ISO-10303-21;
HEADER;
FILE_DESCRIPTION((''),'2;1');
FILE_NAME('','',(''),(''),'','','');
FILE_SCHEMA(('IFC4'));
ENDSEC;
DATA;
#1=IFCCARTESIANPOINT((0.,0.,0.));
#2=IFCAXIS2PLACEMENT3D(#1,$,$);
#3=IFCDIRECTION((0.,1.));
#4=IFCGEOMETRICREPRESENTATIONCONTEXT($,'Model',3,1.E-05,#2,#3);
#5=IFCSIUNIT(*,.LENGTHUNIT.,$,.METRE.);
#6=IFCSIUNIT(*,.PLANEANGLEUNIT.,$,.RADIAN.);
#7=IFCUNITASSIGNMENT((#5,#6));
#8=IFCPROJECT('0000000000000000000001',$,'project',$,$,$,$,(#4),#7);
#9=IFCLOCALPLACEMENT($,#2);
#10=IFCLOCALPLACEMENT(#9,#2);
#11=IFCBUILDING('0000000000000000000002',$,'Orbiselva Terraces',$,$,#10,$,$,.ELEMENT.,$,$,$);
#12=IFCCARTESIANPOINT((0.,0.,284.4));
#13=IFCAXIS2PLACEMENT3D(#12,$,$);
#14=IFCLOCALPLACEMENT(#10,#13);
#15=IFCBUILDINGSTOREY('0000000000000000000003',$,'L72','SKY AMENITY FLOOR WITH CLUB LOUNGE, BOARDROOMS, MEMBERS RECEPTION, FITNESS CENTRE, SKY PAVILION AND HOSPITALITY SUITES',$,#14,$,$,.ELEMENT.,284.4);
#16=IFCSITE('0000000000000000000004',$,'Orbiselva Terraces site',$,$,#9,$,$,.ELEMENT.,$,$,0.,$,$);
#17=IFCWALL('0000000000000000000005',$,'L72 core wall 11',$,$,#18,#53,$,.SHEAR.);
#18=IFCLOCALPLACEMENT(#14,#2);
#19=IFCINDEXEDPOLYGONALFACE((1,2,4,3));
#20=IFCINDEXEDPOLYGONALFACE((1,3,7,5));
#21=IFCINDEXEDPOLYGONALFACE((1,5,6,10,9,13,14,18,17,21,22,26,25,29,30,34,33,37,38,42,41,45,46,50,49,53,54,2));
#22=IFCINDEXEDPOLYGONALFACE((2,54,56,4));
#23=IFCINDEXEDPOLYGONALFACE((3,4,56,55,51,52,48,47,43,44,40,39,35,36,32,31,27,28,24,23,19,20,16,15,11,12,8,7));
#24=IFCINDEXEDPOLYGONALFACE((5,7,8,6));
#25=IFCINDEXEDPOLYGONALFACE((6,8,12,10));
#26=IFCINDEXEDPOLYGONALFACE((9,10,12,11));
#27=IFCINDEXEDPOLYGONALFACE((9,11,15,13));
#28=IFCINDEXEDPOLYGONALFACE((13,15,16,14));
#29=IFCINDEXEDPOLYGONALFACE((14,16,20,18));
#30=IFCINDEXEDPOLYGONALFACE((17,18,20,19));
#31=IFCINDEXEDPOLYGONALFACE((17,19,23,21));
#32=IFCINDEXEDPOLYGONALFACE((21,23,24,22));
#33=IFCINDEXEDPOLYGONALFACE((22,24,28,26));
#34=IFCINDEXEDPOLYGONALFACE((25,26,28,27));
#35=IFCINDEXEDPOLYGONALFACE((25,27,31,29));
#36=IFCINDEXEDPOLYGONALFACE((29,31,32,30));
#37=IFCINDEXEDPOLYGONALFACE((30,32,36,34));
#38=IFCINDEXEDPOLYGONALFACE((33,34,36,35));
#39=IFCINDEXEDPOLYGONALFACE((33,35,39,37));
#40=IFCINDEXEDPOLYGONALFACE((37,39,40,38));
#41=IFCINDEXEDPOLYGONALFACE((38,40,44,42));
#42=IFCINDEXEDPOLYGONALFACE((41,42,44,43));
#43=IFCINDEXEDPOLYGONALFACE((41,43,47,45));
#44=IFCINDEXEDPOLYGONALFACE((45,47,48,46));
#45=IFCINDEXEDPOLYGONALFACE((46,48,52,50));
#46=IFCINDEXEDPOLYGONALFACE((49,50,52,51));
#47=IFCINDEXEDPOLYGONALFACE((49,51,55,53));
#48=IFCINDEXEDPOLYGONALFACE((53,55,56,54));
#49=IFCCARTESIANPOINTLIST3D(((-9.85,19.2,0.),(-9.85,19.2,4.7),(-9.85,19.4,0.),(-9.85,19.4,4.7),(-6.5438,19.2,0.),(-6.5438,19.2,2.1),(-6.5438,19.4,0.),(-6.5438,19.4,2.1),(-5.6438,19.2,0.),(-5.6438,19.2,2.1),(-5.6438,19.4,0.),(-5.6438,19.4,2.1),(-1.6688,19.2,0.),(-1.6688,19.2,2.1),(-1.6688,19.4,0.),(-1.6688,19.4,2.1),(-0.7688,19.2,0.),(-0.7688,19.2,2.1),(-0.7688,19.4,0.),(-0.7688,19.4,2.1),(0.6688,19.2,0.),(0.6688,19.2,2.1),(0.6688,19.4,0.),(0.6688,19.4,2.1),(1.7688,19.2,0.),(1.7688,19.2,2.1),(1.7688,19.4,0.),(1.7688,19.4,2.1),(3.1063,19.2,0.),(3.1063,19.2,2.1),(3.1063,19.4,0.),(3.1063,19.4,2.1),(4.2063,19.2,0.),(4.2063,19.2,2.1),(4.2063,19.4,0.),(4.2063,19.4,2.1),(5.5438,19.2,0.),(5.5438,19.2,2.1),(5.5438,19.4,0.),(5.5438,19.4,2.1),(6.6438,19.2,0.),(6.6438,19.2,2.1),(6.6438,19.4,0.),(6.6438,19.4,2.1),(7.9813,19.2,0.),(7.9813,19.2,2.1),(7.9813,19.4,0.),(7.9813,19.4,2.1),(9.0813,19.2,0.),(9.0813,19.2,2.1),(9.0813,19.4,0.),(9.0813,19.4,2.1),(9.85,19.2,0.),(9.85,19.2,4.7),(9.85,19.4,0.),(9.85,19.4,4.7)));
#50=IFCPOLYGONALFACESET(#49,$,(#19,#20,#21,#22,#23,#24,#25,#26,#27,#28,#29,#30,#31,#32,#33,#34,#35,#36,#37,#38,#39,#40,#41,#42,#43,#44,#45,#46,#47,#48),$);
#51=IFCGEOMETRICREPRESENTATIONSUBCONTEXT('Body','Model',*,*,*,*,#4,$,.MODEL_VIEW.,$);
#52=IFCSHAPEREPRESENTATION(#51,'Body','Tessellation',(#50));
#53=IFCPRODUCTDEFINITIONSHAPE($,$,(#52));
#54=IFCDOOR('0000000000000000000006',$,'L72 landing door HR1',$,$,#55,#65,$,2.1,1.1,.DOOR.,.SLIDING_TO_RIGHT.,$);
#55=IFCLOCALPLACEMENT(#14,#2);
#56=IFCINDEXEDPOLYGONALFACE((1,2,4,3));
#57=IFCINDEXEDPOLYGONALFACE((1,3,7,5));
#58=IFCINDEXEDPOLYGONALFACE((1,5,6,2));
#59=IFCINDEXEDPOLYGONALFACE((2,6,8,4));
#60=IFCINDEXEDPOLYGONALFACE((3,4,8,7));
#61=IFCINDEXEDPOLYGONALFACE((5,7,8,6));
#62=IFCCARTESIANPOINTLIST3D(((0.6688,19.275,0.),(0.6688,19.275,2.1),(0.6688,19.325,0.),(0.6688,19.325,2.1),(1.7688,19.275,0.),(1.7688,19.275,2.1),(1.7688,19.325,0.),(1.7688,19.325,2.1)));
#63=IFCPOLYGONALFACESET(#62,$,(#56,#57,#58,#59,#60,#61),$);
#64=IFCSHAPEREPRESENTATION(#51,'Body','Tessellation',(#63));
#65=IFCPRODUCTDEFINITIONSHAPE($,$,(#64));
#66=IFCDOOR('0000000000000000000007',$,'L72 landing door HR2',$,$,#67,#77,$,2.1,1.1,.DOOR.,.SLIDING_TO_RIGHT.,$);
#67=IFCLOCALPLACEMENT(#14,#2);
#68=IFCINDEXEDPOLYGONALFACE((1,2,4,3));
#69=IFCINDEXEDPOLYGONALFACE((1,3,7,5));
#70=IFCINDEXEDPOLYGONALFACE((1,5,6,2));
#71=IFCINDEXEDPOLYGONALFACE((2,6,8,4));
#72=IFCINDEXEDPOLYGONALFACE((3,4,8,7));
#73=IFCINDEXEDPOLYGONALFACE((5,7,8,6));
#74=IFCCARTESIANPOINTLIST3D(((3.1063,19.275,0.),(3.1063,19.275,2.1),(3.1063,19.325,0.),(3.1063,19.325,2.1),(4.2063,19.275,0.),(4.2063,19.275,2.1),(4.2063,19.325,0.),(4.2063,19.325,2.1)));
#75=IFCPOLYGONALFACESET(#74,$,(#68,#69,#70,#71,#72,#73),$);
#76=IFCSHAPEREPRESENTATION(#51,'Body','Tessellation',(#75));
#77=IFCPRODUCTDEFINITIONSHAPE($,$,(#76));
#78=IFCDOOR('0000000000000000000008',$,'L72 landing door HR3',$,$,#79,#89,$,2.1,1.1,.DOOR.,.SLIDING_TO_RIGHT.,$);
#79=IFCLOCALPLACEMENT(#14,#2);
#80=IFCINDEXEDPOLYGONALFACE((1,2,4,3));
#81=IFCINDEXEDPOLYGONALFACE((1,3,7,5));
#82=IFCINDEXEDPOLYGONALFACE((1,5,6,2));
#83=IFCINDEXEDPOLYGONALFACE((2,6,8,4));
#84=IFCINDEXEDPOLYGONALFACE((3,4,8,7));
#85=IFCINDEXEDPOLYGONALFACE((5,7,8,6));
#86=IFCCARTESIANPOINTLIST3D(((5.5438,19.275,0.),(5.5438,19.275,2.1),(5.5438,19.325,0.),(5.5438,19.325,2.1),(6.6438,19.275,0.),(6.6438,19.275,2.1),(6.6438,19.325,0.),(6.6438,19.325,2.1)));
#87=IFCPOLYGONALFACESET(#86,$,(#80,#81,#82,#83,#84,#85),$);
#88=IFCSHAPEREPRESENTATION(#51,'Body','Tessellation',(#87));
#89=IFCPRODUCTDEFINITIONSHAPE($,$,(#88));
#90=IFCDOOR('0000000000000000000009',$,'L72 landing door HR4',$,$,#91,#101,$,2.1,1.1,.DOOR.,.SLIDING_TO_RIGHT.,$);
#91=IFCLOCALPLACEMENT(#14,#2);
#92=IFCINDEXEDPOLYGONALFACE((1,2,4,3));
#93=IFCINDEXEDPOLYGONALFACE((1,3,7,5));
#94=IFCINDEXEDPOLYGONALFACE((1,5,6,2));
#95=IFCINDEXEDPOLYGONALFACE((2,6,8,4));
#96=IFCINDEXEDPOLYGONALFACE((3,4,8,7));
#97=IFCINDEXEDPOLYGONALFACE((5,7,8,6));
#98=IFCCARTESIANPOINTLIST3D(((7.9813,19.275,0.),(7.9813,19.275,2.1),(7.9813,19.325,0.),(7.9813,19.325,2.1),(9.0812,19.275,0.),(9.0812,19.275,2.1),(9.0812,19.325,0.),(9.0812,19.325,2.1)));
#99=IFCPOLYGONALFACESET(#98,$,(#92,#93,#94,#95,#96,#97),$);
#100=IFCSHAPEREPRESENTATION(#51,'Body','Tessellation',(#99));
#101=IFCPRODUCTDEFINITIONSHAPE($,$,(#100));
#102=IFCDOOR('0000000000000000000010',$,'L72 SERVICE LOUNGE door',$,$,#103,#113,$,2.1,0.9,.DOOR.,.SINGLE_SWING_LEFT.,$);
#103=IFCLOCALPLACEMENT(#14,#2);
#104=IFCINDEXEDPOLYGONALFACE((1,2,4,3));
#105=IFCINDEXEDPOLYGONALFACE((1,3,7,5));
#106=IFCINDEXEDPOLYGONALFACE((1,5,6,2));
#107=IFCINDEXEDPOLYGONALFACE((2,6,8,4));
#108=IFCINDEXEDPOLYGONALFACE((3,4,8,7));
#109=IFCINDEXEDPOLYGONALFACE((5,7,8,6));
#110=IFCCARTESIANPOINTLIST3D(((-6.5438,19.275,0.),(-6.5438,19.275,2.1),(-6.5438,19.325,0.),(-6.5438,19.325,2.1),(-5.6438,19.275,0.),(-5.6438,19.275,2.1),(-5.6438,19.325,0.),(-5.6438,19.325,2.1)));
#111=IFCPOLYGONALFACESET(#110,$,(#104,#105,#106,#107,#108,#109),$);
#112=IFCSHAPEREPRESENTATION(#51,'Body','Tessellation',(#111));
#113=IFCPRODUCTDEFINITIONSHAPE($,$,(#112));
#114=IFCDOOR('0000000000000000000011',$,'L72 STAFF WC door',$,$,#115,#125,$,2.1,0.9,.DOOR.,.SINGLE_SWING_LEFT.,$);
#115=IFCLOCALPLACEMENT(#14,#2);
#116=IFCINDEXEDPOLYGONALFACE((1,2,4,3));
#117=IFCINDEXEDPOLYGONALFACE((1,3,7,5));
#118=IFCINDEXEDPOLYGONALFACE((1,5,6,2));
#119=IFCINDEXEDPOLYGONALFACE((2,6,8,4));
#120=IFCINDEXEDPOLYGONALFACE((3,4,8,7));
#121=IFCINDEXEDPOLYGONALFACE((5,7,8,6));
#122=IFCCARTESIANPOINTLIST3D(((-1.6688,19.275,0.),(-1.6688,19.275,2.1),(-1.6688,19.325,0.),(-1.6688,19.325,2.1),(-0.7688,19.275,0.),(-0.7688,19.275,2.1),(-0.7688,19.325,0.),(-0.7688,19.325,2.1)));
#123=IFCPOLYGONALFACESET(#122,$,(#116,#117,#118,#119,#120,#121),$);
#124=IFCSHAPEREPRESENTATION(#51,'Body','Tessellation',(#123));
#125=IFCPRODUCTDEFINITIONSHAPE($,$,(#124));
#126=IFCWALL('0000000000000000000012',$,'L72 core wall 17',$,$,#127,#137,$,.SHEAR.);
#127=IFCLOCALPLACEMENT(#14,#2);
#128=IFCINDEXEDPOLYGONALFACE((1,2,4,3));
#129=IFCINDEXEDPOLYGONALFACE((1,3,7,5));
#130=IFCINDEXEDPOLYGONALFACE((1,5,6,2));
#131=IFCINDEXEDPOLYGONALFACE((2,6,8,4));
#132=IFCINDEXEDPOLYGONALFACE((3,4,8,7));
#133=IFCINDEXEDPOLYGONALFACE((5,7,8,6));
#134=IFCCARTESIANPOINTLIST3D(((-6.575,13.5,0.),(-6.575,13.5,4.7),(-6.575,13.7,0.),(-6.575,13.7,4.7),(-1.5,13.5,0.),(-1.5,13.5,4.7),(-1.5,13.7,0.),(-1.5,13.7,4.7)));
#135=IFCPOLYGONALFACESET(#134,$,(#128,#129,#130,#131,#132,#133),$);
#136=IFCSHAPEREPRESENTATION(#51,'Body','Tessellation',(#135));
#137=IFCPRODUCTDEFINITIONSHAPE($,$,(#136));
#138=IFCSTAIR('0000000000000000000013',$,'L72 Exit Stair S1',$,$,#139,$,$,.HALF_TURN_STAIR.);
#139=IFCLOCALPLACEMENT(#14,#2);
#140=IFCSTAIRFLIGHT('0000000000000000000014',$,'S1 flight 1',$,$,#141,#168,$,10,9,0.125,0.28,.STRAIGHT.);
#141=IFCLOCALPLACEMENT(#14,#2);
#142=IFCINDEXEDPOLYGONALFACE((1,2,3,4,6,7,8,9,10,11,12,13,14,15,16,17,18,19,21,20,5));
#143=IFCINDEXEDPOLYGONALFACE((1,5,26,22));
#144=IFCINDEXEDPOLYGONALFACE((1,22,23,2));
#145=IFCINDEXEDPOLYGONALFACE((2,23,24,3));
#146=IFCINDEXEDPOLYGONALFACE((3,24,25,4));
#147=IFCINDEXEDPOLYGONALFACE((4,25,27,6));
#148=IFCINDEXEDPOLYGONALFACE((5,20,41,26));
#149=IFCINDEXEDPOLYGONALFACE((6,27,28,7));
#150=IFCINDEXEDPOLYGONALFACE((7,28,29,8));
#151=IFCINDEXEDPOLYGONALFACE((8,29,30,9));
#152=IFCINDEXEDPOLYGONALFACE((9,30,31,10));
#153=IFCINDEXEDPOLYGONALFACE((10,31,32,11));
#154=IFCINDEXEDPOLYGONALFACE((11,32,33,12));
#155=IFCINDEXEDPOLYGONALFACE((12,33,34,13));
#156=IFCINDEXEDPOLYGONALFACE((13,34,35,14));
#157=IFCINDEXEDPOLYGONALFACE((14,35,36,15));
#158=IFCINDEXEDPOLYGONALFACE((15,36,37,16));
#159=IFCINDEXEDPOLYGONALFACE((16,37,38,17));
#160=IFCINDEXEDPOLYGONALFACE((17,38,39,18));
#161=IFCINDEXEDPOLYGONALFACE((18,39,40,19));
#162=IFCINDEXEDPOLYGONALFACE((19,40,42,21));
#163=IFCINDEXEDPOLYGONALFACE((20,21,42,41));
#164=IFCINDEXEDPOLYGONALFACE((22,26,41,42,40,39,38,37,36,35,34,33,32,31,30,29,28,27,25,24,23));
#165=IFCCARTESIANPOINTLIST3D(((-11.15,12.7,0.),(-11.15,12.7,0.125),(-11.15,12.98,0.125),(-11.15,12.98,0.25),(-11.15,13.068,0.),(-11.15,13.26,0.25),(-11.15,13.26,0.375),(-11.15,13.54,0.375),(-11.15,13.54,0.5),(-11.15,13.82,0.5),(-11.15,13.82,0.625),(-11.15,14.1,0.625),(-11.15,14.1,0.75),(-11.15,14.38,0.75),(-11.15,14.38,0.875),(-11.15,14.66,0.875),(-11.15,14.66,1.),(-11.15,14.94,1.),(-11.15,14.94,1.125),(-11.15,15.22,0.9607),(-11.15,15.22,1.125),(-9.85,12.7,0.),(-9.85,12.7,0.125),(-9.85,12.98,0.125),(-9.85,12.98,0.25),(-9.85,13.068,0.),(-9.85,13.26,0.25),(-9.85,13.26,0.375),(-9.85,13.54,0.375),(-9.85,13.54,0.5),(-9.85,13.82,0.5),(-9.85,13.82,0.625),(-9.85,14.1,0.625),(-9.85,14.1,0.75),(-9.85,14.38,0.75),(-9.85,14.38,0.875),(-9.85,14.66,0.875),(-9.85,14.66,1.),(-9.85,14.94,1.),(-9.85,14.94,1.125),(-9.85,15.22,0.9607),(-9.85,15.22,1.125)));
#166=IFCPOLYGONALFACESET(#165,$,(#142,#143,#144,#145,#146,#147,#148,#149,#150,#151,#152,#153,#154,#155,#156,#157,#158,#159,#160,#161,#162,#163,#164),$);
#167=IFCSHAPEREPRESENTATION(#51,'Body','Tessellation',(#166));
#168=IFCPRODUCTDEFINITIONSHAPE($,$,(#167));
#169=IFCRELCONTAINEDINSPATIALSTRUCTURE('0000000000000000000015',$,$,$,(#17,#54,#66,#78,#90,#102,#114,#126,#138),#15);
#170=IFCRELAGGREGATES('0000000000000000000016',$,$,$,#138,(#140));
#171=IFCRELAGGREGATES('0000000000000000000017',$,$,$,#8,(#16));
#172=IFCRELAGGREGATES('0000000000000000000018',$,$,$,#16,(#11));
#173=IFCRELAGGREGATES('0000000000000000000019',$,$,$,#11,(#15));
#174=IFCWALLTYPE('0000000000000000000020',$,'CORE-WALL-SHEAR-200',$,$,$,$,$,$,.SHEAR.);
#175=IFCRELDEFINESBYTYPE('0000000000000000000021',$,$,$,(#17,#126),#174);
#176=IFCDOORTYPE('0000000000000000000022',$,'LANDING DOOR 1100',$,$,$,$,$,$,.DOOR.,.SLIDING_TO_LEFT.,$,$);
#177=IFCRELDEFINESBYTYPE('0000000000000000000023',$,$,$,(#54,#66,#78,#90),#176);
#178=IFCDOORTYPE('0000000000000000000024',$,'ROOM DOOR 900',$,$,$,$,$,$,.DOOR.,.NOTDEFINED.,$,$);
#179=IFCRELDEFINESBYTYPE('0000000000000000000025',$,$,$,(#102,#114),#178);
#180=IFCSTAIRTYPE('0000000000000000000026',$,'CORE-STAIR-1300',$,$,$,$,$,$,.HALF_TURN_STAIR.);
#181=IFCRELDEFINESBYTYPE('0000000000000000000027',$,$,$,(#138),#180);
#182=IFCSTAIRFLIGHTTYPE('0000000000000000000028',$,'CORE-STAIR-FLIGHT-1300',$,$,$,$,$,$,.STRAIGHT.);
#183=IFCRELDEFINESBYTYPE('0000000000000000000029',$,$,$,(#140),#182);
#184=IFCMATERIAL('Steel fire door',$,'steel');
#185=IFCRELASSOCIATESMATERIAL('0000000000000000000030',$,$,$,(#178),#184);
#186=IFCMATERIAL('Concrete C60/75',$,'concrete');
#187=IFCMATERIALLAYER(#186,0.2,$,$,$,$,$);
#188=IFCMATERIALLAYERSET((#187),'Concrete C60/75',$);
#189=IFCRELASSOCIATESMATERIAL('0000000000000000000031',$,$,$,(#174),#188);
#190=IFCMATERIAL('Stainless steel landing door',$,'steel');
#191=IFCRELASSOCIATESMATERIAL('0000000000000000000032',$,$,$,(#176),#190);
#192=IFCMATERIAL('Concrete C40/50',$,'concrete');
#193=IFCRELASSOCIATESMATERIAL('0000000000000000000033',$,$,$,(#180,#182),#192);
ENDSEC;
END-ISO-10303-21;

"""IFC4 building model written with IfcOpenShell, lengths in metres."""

from ifc_helpers import new_model, si_unit, direction, frame, frame_2d, origin, place, context, subcontext, project, spatial, polyline, rectangle, outline, extrude, material, layer, layer_set, type_object, element, fill, aggregate, save


model = new_model("IFC4")

# Units and contexts
model_context = context("Model", 3, precision=1e-05, world=origin(), true_north=direction((0.0, 1.0)))
body_context = subcontext(model_context, "Body", "Model", "MODEL_VIEW")
ifc_project = project(units=[si_unit("LENGTHUNIT", "METRE"), si_unit("PLANEANGLEUNIT", "RADIAN")], contexts=[model_context])

# Site, building, storey
site_placement = place(None, origin())
site = spatial("IfcSite", under=ifc_project, at=site_placement, Name="Orbiselva Terraces site", CompositionType="ELEMENT", RefElevation=0.0)
building_placement = place(site_placement, origin())
building = spatial("IfcBuilding", under=site, at=building_placement, Name="Orbiselva Terraces", CompositionType="ELEMENT")
storey_placement = place(building_placement, frame((0.0, 0.0, 284.4)))
storey = spatial("IfcBuildingStorey", under=building, at=storey_placement, Name="L72", Description="SKY AMENITY FLOOR WITH CLUB LOUNGE, BOARDROOMS, MEMBERS RECEPTION, FITNESS CENTRE, SKY PAVILION AND HOSPITALITY SUITES", CompositionType="ELEMENT", Elevation=284.4)

# Shared definitions
ifc_material_1 = material(Name="Steel fire door", Category="steel")
door_type_1 = type_object("IfcDoorType", Name="ROOM DOOR 900", OperationType="NOTDEFINED", PredefinedType="DOOR", material=ifc_material_1)

# Shared definitions
ifc_material_2 = material(Name="Concrete C40/50", Category="concrete")
ifc_material_3 = material(Name="Concrete C60/75", Category="concrete")
ifc_layer_1 = layer(ifc_material_3, 0.2)
ifc_layer_set_1 = layer_set([ifc_layer_1], Name="Concrete C60/75")
wall_type_1 = type_object("IfcWallType", Name="CORE-WALL-SHEAR-200", PredefinedType="SHEAR", material=ifc_layer_set_1)

# Wall, openings, doors
wall_1_placement = place(storey_placement, frame((-9.85, 19.3, 0.0), z_axis=(0.0, 0.0, 1.0), x_axis=(1.0, 0.0, 0.0)))
wall_1 = element("IfcWall", 1, at=wall_1_placement, inside=storey, type_object=wall_type_1, Name="L72 core wall 11", PredefinedType="SHEAR", context=body_context, shape_type="SweptSolid", body=[
    extrude(rectangle(XDim=19.7, YDim=0.2, at=frame_2d((9.85, 0.0))), origin(), (0.0, 0.0, 1.0), 4.7),
])
opening_1_placement = place(wall_1_placement, frame((10.5188, 0.0, 0.0)))
opening_1 = element("IfcOpeningElement", 2, at=opening_1_placement, cuts=wall_1, PredefinedType="OPENING", context=body_context, shape_type="SweptSolid", body=[
    extrude(rectangle(XDim=1.1, YDim=2.1, at=frame_2d((0.55, 1.05))), frame((0.0, 0.11, 0.0), z_axis=(0.0, -1.0, 0.0), x_axis=(1.0, 0.0, 0.0)), (0.0, 0.0, 1.0), 0.22),
])
opening_2_placement = place(wall_1_placement, frame((12.9563, 0.0, 0.0)))
opening_2 = element("IfcOpeningElement", 3, at=opening_2_placement, cuts=wall_1, PredefinedType="OPENING", context=body_context, shape_type="SweptSolid", body=[
    extrude(rectangle(XDim=1.1, YDim=2.1, at=frame_2d((0.55, 1.05))), frame((0.0, 0.11, 0.0), z_axis=(0.0, -1.0, 0.0), x_axis=(1.0, 0.0, 0.0)), (0.0, 0.0, 1.0), 0.22),
])
opening_3_placement = place(wall_1_placement, frame((15.3938, 0.0, 0.0)))
opening_3 = element("IfcOpeningElement", 4, at=opening_3_placement, cuts=wall_1, PredefinedType="OPENING", context=body_context, shape_type="SweptSolid", body=[
    extrude(rectangle(XDim=1.1, YDim=2.1, at=frame_2d((0.55, 1.05))), frame((0.0, 0.11, 0.0), z_axis=(0.0, -1.0, 0.0), x_axis=(1.0, 0.0, 0.0)), (0.0, 0.0, 1.0), 0.22),
])
opening_4_placement = place(wall_1_placement, frame((17.8313, 0.0, 0.0)))
opening_4 = element("IfcOpeningElement", 5, at=opening_4_placement, cuts=wall_1, PredefinedType="OPENING", context=body_context, shape_type="SweptSolid", body=[
    extrude(rectangle(XDim=1.1, YDim=2.1, at=frame_2d((0.55, 1.05))), frame((0.0, 0.11, 0.0), z_axis=(0.0, -1.0, 0.0), x_axis=(1.0, 0.0, 0.0)), (0.0, 0.0, 1.0), 0.22),
])
opening_5_placement = place(wall_1_placement, frame((3.3062, 0.0, 0.0)))
opening_5 = element("IfcOpeningElement", 6, at=opening_5_placement, cuts=wall_1, PredefinedType="OPENING", context=body_context, shape_type="SweptSolid", body=[
    extrude(rectangle(XDim=0.9, YDim=2.1, at=frame_2d((0.45, 1.05))), frame((0.0, 0.11, 0.0), z_axis=(0.0, -1.0, 0.0), x_axis=(1.0, 0.0, 0.0)), (0.0, 0.0, 1.0), 0.22),
])
opening_6_placement = place(wall_1_placement, frame((8.1812, 0.0, 0.0)))
opening_6 = element("IfcOpeningElement", 7, at=opening_6_placement, cuts=wall_1, PredefinedType="OPENING", context=body_context, shape_type="SweptSolid", body=[
    extrude(rectangle(XDim=0.9, YDim=2.1, at=frame_2d((0.45, 1.05))), frame((0.0, 0.11, 0.0), z_axis=(0.0, -1.0, 0.0), x_axis=(1.0, 0.0, 0.0)), (0.0, 0.0, 1.0), 0.22),
])
ifc_material_4 = material(Name="Stainless steel landing door", Category="steel")
door_type_2 = type_object("IfcDoorType", Name="LANDING DOOR 1100", OperationType="SLIDING_TO_LEFT", PredefinedType="DOOR", material=ifc_material_4)
door_1_placement = place(opening_1_placement, origin())
door_1 = element("IfcDoor", 8, at=door_1_placement, inside=storey, type_object=door_type_2, Name="L72 landing door HR1", OperationType="SLIDING_TO_RIGHT", OverallHeight=2.1, OverallWidth=1.1, PredefinedType="DOOR", context=body_context, shape_type="SweptSolid", body=[
    extrude(rectangle(XDim=1.1, YDim=2.1, at=frame_2d((0.55, 1.05))), frame((0.0, 0.025, 0.0), z_axis=(0.0, -1.0, 0.0), x_axis=(1.0, 0.0, 0.0)), (0.0, 0.0, 1.0), 0.05),
])
fill(opening_1, door_1)
door_2_placement = place(opening_2_placement, origin())
door_2 = element("IfcDoor", 9, at=door_2_placement, inside=storey, type_object=door_type_2, Name="L72 landing door HR2", OperationType="SLIDING_TO_RIGHT", OverallHeight=2.1, OverallWidth=1.1, PredefinedType="DOOR", context=body_context, shape_type="SweptSolid", body=[
    extrude(rectangle(XDim=1.1, YDim=2.1, at=frame_2d((0.55, 1.05))), frame((0.0, 0.025, 0.0), z_axis=(0.0, -1.0, 0.0), x_axis=(1.0, 0.0, 0.0)), (0.0, 0.0, 1.0), 0.05),
])
fill(opening_2, door_2)
door_3_placement = place(opening_3_placement, origin())
door_3 = element("IfcDoor", 10, at=door_3_placement, inside=storey, type_object=door_type_2, Name="L72 landing door HR3", OperationType="SLIDING_TO_RIGHT", OverallHeight=2.1, OverallWidth=1.1, PredefinedType="DOOR", context=body_context, shape_type="SweptSolid", body=[
    extrude(rectangle(XDim=1.1, YDim=2.1, at=frame_2d((0.55, 1.05))), frame((0.0, 0.025, 0.0), z_axis=(0.0, -1.0, 0.0), x_axis=(1.0, 0.0, 0.0)), (0.0, 0.0, 1.0), 0.05),
])
fill(opening_3, door_3)
door_4_placement = place(opening_4_placement, origin())
door_4 = element("IfcDoor", 11, at=door_4_placement, inside=storey, type_object=door_type_2, Name="L72 landing door HR4", OperationType="SLIDING_TO_RIGHT", OverallHeight=2.1, OverallWidth=1.1, PredefinedType="DOOR", context=body_context, shape_type="SweptSolid", body=[
    extrude(rectangle(XDim=1.1, YDim=2.1, at=frame_2d((0.55, 1.05))), frame((0.0, 0.025, 0.0), z_axis=(0.0, -1.0, 0.0), x_axis=(1.0, 0.0, 0.0)), (0.0, 0.0, 1.0), 0.05),
])
fill(opening_4, door_4)
door_5_placement = place(opening_5_placement, origin())
door_5 = element("IfcDoor", 12, at=door_5_placement, inside=storey, type_object=door_type_1, Name="L72 SERVICE LOUNGE door", OperationType="SINGLE_SWING_LEFT", OverallHeight=2.1, OverallWidth=0.9, PredefinedType="DOOR", context=body_context, shape_type="SweptSolid", body=[
    extrude(rectangle(XDim=0.9, YDim=2.1, at=frame_2d((0.45, 1.05))), frame((0.0, 0.025, 0.0), z_axis=(0.0, -1.0, 0.0), x_axis=(1.0, 0.0, 0.0)), (0.0, 0.0, 1.0), 0.05),
])
fill(opening_5, door_5)
door_6_placement = place(opening_6_placement, origin())
door_6 = element("IfcDoor", 13, at=door_6_placement, inside=storey, type_object=door_type_1, Name="L72 STAFF WC door", OperationType="SINGLE_SWING_LEFT", OverallHeight=2.1, OverallWidth=0.9, PredefinedType="DOOR", context=body_context, shape_type="SweptSolid", body=[
    extrude(rectangle(XDim=0.9, YDim=2.1, at=frame_2d((0.45, 1.05))), frame((0.0, 0.025, 0.0), z_axis=(0.0, -1.0, 0.0), x_axis=(1.0, 0.0, 0.0)), (0.0, 0.0, 1.0), 0.05),
])
fill(opening_6, door_6)

# Wall
wall_2_placement = place(storey_placement, frame((-6.575, 13.6, 0.0), z_axis=(0.0, 0.0, 1.0), x_axis=(1.0, 0.0, 0.0)))
element("IfcWall", 14, at=wall_2_placement, inside=storey, type_object=wall_type_1, Name="L72 core wall 17", PredefinedType="SHEAR", context=body_context, shape_type="SweptSolid", body=[
    extrude(rectangle(XDim=5.075, YDim=0.2, at=frame_2d((2.5375, 0.0))), origin(), (0.0, 0.0, 1.0), 4.7),
])

# Stair, stair flight
stair_type = type_object("IfcStairType", Name="CORE-STAIR-1300", PredefinedType="HALF_TURN_STAIR", material=ifc_material_2)
stair_placement = place(storey_placement, origin())
stair = element("IfcStair", 15, at=stair_placement, inside=storey, type_object=stair_type, Name="L72 Exit Stair S1", PredefinedType="HALF_TURN_STAIR")
stair_flight_type = type_object("IfcStairFlightType", Name="CORE-STAIR-FLIGHT-1300", PredefinedType="STRAIGHT", material=ifc_material_2)
stair_flight_1_placement = place(storey_placement, frame((-10.5, 12.7, 0.0), z_axis=(0.0, 0.0, 1.0), x_axis=(0.0, 1.0, 0.0)))
stair_flight_1 = element("IfcStairFlight", 16, at=stair_flight_1_placement, type_object=stair_flight_type, Name="S1 flight 1", NumberOfRisers=10, NumberOfTreads=9, PredefinedType="STRAIGHT", RiserHeight=0.125, TreadLength=0.28, context=body_context, shape_type="SweptSolid", body=[
    extrude(outline(polyline([(0.0, 0.0), (0.0, 0.125), (0.28, 0.125), (0.28, 0.25), (0.56, 0.25), (0.56, 0.375), (0.84, 0.375), (0.84, 0.5), (1.12, 0.5), (1.12, 0.625), (1.4, 0.625), (1.4, 0.75), (1.68, 0.75), (1.68, 0.875), (1.96, 0.875), (1.96, 1.0), (2.24, 1.0), (2.24, 1.125), (2.52, 1.125), (2.52, 1.25), (2.52, 0.9607), (0.368, 0.0), (0.0, 0.0)])), frame((0.0, 0.65, 0.0), z_axis=(0.0, -1.0, 0.0), x_axis=(1.0, 0.0, 0.0)), (0.0, 0.0, 1.0), 1.3),
])
aggregate(stair, [stair_flight_1])

save(model, "model.ifc")
